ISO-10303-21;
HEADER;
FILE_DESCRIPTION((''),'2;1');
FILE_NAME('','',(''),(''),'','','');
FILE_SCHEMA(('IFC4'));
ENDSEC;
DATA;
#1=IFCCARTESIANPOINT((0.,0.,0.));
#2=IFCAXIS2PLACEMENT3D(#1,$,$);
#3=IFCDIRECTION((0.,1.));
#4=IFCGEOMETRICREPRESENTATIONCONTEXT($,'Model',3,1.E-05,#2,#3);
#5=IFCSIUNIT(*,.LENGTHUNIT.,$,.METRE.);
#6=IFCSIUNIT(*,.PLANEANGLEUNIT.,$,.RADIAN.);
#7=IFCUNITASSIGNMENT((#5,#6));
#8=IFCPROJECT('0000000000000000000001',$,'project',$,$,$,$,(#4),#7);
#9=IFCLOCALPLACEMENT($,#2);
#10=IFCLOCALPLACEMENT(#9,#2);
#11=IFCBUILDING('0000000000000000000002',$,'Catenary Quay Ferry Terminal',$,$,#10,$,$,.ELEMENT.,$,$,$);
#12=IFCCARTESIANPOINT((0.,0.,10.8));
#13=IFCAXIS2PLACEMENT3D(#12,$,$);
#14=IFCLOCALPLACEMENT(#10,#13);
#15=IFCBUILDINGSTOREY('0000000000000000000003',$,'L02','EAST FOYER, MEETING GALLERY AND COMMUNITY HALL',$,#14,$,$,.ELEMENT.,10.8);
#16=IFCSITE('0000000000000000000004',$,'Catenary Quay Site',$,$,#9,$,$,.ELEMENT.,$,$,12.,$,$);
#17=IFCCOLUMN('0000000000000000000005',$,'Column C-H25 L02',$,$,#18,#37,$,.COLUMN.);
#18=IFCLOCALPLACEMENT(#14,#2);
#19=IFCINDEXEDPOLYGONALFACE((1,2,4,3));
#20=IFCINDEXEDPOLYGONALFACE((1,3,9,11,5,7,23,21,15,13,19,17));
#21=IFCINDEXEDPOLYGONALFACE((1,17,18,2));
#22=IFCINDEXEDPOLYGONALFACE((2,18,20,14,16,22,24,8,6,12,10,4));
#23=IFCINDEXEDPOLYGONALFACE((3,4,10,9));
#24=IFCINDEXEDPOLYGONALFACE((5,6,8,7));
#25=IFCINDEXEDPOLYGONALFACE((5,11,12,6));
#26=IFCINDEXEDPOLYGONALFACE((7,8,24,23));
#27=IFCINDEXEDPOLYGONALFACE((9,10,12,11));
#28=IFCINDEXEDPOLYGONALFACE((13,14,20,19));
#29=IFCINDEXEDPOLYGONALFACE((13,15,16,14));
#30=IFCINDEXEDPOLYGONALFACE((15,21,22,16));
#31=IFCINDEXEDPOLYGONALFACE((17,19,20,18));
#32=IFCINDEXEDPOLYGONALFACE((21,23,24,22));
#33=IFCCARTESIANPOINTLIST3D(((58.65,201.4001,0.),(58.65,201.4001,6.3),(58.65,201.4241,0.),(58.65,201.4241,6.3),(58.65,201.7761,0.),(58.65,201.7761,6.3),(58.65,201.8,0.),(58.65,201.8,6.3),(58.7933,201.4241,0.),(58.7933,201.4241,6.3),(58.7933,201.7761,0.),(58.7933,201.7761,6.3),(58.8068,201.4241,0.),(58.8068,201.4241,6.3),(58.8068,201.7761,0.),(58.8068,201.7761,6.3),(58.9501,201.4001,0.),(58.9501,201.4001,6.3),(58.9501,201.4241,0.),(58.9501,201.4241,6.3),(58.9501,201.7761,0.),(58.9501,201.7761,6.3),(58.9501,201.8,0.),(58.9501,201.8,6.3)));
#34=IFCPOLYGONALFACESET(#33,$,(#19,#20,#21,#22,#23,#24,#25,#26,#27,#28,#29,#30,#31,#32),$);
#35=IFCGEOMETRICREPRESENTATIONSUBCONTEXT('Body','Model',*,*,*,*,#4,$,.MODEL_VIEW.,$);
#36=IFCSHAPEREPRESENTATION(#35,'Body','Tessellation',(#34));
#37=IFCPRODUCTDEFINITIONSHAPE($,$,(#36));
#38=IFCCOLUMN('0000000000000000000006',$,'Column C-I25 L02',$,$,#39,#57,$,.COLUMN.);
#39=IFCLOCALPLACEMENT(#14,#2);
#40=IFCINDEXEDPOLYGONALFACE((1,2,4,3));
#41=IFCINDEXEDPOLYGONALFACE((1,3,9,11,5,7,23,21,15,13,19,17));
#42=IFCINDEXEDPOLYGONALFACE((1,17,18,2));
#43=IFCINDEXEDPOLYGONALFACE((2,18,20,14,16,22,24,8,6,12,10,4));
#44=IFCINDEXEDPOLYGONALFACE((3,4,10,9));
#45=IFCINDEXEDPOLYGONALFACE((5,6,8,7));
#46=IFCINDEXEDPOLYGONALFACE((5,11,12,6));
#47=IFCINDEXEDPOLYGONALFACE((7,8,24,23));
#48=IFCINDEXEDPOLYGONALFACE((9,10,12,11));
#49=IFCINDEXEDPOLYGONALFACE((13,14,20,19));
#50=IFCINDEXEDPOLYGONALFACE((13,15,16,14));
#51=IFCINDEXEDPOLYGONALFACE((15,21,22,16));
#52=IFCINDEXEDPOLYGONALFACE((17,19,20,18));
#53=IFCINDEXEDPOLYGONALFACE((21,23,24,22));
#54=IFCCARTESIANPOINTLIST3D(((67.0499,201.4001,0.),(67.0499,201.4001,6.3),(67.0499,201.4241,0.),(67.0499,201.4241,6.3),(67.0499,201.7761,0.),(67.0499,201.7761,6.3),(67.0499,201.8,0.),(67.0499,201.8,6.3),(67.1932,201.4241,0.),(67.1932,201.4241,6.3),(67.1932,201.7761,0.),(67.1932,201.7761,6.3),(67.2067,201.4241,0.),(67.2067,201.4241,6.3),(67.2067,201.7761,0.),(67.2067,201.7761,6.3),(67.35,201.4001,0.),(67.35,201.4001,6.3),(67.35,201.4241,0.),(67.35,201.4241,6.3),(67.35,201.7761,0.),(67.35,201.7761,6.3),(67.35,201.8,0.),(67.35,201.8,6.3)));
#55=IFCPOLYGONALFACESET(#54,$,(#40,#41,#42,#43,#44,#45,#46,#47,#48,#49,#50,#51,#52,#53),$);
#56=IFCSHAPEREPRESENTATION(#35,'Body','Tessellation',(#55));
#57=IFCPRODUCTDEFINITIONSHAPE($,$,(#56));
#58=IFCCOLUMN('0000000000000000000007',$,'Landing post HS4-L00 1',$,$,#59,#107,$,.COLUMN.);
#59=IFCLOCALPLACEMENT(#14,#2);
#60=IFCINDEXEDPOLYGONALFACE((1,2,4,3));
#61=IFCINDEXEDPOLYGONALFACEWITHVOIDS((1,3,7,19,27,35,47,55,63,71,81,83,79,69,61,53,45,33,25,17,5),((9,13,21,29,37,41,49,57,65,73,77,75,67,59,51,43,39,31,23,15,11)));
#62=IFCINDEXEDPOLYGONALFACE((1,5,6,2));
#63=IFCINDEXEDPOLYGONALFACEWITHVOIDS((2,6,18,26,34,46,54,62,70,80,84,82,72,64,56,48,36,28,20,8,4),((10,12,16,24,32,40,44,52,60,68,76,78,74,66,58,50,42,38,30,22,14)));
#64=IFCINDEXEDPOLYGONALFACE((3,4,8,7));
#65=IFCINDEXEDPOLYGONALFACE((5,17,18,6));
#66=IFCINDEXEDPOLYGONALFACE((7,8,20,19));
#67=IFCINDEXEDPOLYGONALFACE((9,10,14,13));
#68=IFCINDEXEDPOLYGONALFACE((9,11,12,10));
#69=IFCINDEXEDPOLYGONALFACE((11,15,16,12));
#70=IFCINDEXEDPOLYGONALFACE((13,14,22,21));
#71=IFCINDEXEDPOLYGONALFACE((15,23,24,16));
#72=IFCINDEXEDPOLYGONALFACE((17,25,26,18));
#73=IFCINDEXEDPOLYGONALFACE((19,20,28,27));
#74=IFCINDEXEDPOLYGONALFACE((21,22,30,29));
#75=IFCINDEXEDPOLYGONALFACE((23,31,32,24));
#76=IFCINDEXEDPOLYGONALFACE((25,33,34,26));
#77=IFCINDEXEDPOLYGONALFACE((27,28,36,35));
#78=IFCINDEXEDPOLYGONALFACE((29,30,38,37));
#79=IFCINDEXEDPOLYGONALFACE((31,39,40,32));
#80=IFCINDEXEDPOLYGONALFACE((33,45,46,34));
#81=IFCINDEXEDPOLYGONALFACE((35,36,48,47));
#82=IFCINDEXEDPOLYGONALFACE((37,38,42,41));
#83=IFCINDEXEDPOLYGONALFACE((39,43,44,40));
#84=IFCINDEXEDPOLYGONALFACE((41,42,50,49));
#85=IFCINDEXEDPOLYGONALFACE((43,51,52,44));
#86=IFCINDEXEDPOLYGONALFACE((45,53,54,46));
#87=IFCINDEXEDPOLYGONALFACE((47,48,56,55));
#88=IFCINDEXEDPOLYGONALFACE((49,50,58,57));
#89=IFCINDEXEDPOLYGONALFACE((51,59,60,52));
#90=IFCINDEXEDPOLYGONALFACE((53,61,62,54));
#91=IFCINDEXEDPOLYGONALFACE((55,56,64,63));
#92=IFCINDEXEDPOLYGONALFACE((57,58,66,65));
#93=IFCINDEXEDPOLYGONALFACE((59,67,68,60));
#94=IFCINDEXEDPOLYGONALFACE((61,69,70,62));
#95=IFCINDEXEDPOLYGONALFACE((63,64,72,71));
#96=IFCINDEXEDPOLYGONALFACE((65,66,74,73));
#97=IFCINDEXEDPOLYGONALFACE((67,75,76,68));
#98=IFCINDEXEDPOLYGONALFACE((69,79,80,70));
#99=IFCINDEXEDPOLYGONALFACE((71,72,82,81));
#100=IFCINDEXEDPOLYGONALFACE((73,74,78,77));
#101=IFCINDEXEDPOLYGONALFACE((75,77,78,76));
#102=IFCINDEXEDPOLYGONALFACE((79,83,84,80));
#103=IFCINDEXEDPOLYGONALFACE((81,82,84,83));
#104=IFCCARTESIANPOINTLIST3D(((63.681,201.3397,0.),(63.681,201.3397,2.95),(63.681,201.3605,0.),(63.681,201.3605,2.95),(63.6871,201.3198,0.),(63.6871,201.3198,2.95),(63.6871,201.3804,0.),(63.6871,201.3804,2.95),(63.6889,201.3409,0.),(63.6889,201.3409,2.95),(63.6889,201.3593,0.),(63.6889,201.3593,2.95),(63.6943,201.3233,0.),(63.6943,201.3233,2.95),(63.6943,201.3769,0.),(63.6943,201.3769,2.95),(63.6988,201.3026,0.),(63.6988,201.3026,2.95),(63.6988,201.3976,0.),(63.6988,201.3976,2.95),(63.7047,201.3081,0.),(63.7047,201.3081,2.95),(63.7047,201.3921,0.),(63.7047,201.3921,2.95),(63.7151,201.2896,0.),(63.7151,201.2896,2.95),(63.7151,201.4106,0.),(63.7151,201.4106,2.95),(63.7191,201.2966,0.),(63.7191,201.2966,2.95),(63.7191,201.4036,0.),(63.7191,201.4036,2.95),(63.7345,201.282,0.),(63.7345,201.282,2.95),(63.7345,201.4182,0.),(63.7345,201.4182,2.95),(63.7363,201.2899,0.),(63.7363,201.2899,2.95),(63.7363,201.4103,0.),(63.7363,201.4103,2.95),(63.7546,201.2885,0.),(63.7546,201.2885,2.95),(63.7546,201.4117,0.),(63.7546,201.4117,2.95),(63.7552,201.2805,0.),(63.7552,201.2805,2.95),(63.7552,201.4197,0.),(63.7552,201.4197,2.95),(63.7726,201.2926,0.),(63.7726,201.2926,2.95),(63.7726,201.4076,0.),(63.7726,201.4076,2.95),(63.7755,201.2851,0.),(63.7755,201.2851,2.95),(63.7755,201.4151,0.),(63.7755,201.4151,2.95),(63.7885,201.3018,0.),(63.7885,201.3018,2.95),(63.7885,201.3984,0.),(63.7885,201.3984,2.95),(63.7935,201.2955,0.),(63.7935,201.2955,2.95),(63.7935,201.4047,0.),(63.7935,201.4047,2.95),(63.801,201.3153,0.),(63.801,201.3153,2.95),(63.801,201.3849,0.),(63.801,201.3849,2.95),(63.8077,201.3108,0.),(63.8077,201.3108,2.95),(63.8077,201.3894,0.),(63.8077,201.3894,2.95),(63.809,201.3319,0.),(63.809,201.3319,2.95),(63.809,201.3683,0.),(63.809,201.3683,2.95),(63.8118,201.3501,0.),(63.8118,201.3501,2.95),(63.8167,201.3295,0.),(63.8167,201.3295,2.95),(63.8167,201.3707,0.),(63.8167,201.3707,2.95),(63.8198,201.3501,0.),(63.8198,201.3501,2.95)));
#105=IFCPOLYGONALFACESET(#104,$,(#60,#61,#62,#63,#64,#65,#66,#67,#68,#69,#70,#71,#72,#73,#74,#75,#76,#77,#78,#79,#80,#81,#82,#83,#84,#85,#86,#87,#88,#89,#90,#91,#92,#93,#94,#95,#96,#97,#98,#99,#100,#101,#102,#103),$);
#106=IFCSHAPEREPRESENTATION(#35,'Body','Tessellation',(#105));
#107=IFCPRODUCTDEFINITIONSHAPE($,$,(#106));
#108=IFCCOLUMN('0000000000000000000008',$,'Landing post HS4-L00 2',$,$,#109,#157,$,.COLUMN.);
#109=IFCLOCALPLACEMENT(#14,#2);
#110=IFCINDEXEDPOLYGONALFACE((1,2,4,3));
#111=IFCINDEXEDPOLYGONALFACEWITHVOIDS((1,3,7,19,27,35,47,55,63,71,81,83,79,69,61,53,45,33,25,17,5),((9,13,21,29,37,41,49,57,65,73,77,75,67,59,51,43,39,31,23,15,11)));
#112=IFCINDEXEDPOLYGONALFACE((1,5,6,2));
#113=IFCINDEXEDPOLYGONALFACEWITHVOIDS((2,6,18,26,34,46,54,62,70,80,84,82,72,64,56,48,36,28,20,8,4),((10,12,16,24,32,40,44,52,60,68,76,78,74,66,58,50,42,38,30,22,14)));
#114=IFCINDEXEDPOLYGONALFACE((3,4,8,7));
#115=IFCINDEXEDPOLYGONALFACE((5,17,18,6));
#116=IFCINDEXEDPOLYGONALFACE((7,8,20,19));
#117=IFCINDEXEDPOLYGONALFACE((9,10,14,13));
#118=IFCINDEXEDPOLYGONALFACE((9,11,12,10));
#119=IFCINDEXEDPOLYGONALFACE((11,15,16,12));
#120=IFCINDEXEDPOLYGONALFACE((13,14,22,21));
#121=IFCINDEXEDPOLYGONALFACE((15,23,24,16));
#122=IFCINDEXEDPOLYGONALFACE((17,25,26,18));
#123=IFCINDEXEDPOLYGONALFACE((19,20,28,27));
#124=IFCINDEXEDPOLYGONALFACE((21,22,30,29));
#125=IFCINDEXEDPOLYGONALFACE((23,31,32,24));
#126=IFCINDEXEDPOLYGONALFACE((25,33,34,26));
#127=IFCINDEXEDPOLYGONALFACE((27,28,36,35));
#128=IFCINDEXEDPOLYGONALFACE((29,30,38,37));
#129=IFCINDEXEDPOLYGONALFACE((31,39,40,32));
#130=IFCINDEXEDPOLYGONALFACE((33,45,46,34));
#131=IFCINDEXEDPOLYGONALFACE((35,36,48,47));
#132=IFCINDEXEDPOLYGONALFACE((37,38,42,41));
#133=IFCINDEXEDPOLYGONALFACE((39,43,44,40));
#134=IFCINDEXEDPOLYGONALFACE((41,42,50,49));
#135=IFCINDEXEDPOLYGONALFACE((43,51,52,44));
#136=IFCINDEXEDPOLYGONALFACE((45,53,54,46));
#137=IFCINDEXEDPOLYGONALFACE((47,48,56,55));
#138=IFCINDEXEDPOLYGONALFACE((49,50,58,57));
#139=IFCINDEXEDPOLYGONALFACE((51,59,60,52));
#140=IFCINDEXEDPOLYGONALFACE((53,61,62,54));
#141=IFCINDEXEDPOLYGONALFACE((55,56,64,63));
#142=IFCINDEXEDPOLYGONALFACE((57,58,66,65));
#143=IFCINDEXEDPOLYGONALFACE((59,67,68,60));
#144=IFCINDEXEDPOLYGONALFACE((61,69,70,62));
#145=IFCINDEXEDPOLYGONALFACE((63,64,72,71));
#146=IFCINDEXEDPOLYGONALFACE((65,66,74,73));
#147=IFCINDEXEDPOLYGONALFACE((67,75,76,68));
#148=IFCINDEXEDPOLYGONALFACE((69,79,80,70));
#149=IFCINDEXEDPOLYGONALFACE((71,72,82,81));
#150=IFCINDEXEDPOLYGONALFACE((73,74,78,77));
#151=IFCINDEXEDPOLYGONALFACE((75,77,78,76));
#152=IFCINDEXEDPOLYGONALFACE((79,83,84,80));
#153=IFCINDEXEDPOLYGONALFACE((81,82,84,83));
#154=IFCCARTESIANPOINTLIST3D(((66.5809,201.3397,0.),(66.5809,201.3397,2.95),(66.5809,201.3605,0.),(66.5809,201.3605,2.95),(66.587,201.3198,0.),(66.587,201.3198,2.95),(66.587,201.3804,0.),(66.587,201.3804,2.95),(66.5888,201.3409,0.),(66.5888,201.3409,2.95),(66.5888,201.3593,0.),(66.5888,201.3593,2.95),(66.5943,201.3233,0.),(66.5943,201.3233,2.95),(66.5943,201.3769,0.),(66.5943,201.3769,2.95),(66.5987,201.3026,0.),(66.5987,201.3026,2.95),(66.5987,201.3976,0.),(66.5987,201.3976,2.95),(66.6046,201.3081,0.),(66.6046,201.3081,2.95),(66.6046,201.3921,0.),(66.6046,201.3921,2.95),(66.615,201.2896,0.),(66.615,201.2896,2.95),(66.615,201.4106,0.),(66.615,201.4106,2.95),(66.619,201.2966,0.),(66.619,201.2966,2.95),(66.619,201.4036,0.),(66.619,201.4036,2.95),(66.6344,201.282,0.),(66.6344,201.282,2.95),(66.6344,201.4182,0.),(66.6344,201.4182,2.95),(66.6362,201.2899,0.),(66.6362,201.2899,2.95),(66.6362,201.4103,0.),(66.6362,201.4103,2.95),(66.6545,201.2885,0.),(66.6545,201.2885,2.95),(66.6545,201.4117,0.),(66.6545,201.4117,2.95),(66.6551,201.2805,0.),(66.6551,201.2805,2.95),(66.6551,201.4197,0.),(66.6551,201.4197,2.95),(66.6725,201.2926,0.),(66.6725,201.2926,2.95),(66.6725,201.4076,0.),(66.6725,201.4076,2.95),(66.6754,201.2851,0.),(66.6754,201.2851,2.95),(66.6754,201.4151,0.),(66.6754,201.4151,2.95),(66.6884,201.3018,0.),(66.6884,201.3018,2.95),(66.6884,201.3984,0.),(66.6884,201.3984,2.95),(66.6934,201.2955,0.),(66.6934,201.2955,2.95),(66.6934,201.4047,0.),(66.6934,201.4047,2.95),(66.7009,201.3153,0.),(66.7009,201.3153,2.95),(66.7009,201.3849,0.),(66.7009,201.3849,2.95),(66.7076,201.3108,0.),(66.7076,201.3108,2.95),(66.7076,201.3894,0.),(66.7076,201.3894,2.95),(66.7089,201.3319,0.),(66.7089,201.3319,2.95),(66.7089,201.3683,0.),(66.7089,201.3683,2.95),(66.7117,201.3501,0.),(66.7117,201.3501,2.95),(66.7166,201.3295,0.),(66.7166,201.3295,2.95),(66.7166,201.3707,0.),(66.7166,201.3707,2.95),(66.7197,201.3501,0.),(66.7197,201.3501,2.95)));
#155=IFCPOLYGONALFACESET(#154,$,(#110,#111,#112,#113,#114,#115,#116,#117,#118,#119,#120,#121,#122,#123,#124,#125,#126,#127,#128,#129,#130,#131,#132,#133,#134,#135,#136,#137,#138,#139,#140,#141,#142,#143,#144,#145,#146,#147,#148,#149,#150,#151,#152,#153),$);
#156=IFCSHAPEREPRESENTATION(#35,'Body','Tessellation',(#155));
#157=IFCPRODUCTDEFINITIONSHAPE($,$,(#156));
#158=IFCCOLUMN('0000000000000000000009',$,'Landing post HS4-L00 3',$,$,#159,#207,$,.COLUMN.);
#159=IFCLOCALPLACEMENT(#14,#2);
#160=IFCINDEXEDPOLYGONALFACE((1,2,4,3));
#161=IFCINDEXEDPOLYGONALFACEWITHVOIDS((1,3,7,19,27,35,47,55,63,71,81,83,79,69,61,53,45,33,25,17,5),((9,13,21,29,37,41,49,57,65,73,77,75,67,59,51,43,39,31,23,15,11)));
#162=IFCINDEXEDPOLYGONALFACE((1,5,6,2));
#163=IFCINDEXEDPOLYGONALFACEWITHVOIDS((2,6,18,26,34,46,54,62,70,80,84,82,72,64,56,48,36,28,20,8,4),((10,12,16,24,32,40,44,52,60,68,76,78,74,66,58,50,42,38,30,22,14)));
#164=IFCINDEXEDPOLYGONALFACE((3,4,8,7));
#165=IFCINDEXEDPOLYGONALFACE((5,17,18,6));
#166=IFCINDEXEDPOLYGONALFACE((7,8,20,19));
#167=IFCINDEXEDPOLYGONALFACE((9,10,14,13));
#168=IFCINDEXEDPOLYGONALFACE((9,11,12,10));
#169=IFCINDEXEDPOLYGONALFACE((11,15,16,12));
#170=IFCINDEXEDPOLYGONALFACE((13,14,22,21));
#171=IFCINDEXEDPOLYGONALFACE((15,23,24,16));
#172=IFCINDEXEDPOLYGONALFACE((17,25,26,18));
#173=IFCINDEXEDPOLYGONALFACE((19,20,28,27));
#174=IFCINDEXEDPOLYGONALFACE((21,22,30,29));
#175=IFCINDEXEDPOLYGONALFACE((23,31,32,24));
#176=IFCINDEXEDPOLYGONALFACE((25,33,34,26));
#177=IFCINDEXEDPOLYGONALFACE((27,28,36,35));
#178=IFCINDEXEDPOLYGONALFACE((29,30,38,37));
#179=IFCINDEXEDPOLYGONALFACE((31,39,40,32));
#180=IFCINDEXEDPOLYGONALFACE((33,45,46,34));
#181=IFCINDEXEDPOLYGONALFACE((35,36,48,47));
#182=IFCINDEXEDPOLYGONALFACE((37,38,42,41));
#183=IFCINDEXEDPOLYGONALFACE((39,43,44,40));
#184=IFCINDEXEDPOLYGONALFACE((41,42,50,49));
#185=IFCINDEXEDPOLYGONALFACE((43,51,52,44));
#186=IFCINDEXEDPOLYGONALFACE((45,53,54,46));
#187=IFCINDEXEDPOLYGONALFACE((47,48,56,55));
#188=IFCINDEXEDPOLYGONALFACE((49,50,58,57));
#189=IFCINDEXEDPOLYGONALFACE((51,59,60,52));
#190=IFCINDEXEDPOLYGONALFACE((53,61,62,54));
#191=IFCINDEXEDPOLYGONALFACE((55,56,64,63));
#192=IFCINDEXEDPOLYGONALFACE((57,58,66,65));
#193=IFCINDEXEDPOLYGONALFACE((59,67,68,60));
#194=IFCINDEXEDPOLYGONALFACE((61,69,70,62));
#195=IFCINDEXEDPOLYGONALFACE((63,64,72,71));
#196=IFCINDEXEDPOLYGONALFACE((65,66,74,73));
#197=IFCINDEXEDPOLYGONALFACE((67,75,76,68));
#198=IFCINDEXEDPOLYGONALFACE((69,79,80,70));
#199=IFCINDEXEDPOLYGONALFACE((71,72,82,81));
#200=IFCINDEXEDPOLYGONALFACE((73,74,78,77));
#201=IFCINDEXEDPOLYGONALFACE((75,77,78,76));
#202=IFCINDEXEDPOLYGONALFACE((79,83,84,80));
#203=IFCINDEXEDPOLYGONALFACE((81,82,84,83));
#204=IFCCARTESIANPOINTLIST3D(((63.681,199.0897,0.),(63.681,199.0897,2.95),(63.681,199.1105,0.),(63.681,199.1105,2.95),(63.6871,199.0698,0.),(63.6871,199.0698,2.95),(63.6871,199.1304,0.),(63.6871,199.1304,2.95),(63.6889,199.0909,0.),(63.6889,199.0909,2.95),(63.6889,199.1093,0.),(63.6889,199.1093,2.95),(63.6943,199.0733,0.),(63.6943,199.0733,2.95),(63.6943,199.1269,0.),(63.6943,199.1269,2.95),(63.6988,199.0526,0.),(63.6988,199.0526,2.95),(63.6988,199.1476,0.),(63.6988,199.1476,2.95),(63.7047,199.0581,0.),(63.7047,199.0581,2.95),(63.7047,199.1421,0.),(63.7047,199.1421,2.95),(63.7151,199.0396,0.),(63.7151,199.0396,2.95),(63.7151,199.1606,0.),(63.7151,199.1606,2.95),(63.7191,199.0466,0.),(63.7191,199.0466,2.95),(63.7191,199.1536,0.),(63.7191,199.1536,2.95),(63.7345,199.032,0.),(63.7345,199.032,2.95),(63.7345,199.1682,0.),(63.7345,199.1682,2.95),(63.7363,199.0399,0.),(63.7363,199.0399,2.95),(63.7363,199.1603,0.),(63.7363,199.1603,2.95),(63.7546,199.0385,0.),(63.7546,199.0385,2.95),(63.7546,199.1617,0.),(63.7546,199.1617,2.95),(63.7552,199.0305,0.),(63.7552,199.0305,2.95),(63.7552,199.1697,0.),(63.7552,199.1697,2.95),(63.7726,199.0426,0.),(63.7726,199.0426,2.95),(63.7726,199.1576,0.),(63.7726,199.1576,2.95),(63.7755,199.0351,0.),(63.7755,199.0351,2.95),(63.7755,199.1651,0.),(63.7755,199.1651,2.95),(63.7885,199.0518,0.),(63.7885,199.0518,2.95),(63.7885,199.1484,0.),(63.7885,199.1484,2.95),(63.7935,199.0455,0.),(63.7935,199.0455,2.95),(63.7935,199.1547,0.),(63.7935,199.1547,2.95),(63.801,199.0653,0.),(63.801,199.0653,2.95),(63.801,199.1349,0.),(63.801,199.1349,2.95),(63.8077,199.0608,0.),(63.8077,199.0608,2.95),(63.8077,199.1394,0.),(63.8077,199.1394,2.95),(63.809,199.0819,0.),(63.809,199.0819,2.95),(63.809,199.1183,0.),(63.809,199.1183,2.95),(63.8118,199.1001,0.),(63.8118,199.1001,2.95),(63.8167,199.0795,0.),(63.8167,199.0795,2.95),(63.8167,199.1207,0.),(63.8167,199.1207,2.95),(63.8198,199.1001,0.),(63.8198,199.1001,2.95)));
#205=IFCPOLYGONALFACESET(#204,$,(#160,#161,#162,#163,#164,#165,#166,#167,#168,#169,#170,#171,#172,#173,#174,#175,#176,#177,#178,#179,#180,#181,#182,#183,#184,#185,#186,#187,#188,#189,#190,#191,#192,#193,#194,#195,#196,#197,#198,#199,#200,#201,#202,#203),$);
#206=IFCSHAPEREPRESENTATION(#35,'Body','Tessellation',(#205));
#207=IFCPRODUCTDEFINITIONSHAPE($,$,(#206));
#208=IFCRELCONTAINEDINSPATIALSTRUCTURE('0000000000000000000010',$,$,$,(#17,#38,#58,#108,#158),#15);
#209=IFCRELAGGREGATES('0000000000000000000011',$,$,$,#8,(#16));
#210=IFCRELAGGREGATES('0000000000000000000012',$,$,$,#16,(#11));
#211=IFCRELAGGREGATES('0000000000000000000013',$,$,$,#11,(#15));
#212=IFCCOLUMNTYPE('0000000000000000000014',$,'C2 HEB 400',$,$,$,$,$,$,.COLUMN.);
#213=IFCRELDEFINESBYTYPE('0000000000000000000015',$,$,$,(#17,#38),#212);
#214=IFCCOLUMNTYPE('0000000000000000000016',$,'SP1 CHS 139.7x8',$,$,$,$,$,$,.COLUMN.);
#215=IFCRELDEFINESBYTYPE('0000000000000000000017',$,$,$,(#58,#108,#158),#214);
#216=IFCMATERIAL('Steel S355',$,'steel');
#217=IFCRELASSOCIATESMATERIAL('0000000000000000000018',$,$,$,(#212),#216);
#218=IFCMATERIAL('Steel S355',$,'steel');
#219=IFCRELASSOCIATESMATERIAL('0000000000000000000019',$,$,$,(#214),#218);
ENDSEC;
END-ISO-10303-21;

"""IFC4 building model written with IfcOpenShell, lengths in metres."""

from ifc_helpers import new_model, si_unit, direction, frame, origin, origin_2d, place, context, subcontext, project, spatial, hollow_circle, i_section, extrude, material, material_profile, profile_set, type_object, element, save


model = new_model("IFC4")

# Units and contexts
model_context = context("Model", 3, precision=1e-05, world=origin(), true_north=direction((0.0, 1.0)))
body_context = subcontext(model_context, "Body", "Model", "MODEL_VIEW")
ifc_project = project(units=[si_unit("LENGTHUNIT", "METRE"), si_unit("PLANEANGLEUNIT", "RADIAN")], contexts=[model_context])

# Site, building, storey
site_placement = place(None, origin())
site = spatial("IfcSite", under=ifc_project, at=site_placement, Name="Catenary Quay Site", CompositionType="ELEMENT", RefElevation=12.0)
building_placement = place(site_placement, origin())
building = spatial("IfcBuilding", under=site, at=building_placement, Name="Catenary Quay Ferry Terminal", CompositionType="ELEMENT")
storey_placement = place(building_placement, frame((0.0, 0.0, 10.8)))
storey = spatial("IfcBuildingStorey", under=building, at=storey_placement, Name="L02", Description="EAST FOYER, MEETING GALLERY AND COMMUNITY HALL", CompositionType="ELEMENT", Elevation=10.8)

# Columns
ifc_material_1 = material(Name="Steel S355", Category="steel")
ifc_material_profile_1 = material_profile(ifc_material_1, i_section(OverallWidth=0.3, OverallDepth=0.3999, WebThickness=0.0134, FlangeThickness=0.0239, at=origin_2d()), Name="HEB 400")
ifc_profile_set_1 = profile_set([ifc_material_profile_1], Name="Steel S355")
column_type_1 = type_object("IfcColumnType", Name="C2 HEB 400", PredefinedType="COLUMN", material=ifc_profile_set_1)
for number, where, z_axis, x_axis, name in (
    (1, (58.8, 201.6001, 0.0), (0.0, 0.0, 1.0), (1.0, 0.0, 0.0), "Column C-H25 L02"),
    (2, (67.2, 201.6001, 0.0), (0.0, 0.0, 1.0), (1.0, 0.0, 0.0), "Column C-I25 L02"),
):
    element("IfcColumn", number, at=place(storey_placement, frame(where, z_axis=z_axis, x_axis=x_axis)), inside=storey, type_object=column_type_1, Name=name, PredefinedType="COLUMN", context=body_context, shape_type="SweptSolid", body=[
        extrude(i_section(OverallWidth=0.3, OverallDepth=0.3999, WebThickness=0.0134, FlangeThickness=0.0239, at=origin_2d()), origin(), (0.0, 0.0, 1.0), 6.3),
    ])
ifc_material_2 = material(Name="Steel S355", Category="steel")
ifc_material_profile_2 = material_profile(ifc_material_2, hollow_circle(Radius=0.0698, WallThickness=0.0081, at=origin_2d()), Name="CHS 139.7x8")
ifc_profile_set_2 = profile_set([ifc_material_profile_2], Name="Steel S355")
column_type_2 = type_object("IfcColumnType", Name="SP1 CHS 139.7x8", PredefinedType="COLUMN", material=ifc_profile_set_2)
for number, where, z_axis, x_axis, name in (
    (3, (63.75, 201.3501, 0.0), (0.0, 0.0, 1.0), (1.0, 0.0, 0.0), "Landing post HS4-L00 1"),
    (4, (66.6499, 201.3501, 0.0), (0.0, 0.0, 1.0), (1.0, 0.0, 0.0), "Landing post HS4-L00 2"),
    (5, (63.75, 199.1001, 0.0), (0.0, 0.0, 1.0), (1.0, 0.0, 0.0), "Landing post HS4-L00 3"),
):
    element("IfcColumn", number, at=place(storey_placement, frame(where, z_axis=z_axis, x_axis=x_axis)), inside=storey, type_object=column_type_2, Name=name, PredefinedType="COLUMN", context=body_context, shape_type="SweptSolid", body=[
        extrude(hollow_circle(Radius=0.0698, WallThickness=0.0081, at=origin_2d()), origin(), (0.0, 0.0, 1.0), 2.95),
    ])

save(model, "model.ifc")
